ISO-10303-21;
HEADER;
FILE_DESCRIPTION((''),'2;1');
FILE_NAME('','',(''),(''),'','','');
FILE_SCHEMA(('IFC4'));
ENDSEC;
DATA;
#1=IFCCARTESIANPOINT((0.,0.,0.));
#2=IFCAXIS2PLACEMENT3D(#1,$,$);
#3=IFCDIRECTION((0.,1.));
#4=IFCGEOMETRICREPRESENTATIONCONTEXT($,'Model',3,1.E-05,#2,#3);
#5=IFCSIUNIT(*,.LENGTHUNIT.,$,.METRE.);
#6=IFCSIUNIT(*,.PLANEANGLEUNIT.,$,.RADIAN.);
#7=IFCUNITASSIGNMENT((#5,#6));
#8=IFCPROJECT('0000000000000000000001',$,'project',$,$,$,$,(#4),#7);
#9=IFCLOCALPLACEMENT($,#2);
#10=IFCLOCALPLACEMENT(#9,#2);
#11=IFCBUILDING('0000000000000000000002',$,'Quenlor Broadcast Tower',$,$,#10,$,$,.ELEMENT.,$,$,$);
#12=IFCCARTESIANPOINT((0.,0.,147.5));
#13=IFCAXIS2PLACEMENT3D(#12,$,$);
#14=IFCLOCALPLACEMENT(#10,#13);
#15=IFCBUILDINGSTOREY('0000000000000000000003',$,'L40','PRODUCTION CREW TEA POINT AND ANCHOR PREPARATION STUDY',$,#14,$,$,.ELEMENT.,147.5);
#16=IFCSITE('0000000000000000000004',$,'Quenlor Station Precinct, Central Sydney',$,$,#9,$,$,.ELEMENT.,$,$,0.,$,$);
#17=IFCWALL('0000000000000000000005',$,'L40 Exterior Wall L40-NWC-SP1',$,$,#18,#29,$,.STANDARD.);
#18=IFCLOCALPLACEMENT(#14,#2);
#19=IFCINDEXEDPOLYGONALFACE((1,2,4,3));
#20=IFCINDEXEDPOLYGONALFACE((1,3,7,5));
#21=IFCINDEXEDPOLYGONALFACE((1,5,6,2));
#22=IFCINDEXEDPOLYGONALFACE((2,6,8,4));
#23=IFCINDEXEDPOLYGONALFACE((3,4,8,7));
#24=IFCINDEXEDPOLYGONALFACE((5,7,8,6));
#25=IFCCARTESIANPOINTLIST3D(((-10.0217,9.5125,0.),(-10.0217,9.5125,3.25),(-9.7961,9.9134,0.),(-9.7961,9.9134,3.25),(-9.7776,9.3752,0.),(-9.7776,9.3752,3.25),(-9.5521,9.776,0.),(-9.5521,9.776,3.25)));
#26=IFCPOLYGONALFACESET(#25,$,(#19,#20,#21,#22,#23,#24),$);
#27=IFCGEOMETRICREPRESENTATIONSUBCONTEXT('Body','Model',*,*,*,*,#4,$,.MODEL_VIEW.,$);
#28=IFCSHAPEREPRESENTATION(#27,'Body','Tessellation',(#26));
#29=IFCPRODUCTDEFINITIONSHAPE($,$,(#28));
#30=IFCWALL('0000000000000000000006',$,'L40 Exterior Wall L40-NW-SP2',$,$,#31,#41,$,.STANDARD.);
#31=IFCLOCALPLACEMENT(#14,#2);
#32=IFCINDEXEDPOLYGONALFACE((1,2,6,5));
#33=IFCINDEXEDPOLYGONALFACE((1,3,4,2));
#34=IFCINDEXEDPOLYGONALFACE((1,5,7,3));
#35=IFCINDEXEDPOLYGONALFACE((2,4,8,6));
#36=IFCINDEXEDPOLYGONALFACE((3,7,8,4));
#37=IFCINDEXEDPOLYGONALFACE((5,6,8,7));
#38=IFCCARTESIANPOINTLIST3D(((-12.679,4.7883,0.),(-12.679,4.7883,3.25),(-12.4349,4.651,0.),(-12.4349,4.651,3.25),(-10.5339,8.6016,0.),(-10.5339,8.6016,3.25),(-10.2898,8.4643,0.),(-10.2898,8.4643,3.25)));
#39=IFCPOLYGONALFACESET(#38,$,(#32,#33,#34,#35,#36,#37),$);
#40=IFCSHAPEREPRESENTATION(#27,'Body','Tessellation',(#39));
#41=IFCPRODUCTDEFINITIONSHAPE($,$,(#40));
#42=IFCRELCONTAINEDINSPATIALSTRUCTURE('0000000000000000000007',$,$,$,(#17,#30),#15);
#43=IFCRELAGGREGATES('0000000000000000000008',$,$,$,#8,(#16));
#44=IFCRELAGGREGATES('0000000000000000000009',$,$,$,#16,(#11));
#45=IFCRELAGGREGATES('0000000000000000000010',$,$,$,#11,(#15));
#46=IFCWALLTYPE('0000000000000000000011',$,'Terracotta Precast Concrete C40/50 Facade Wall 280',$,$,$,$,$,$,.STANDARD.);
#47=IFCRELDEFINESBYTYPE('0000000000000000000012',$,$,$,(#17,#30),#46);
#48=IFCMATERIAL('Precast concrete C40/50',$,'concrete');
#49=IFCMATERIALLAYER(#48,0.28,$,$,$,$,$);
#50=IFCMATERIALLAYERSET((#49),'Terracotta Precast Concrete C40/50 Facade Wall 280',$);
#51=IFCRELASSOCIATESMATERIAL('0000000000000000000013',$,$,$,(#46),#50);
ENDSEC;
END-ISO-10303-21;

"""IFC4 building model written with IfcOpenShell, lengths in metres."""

from ifc_helpers import new_model, si_unit, direction, frame, frame_2d, origin, place, context, subcontext, project, spatial, rectangle, extrude, material, layer, layer_set, type_object, element, save


model = new_model("IFC4")

# Units and contexts
model_context = context("Model", 3, precision=1e-05, world=origin(), true_north=direction((0.0, 1.0)))
body_context = subcontext(model_context, "Body", "Model", "MODEL_VIEW")
ifc_project = project(units=[si_unit("LENGTHUNIT", "METRE"), si_unit("PLANEANGLEUNIT", "RADIAN")], contexts=[model_context])

# Site, building, storey
site_placement = place(None, origin())
site = spatial("IfcSite", under=ifc_project, at=site_placement, Name="Quenlor Station Precinct, Central Sydney", CompositionType="ELEMENT", RefElevation=0.0)
building_placement = place(site_placement, origin())
building = spatial("IfcBuilding", under=site, at=building_placement, Name="Quenlor Broadcast Tower", CompositionType="ELEMENT")
storey_placement = place(building_placement, frame((0.0, 0.0, 147.5)))
storey = spatial("IfcBuildingStorey", under=building, at=storey_placement, Name="L40", Description="PRODUCTION CREW TEA POINT AND ANCHOR PREPARATION STUDY", CompositionType="ELEMENT", Elevation=147.5)

# Walls
ifc_material_1 = material(Name="Precast concrete C40/50", Category="concrete")
ifc_layer_1 = layer(ifc_material_1, 0.28)
ifc_layer_set_1 = layer_set([ifc_layer_1], Name="Terracotta Precast Concrete C40/50 Facade Wall 280")
wall_type_1 = type_object("IfcWallType", Name="Terracotta Precast Concrete C40/50 Facade Wall 280", PredefinedType="STANDARD", material=ifc_layer_set_1)
wall_1_placement = place(storey_placement, frame((-9.8997, 9.4438, 0.0), z_axis=(0.0, 0.0, 1.0), x_axis=(0.490412, 0.87149, 0.0)))
element("IfcWall", 1, at=wall_1_placement, inside=storey, type_object=wall_type_1, Name="L40 Exterior Wall L40-NWC-SP1", PredefinedType="STANDARD", context=body_context, shape_type="SweptSolid", body=[
    extrude(rectangle(XDim=0.46, YDim=0.28, at=frame_2d((0.23, 0.0))), origin(), (0.0, 0.0, 1.0), 3.25),
])
wall_2_placement = place(storey_placement, frame((-12.5569, 4.7197, 0.0), z_axis=(0.0, 0.0, 1.0), x_axis=(0.490274, 0.871568, 0.0)))
element("IfcWall", 2, at=wall_2_placement, inside=storey, type_object=wall_type_1, Name="L40 Exterior Wall L40-NW-SP2", PredefinedType="STANDARD", context=body_context, shape_type="SweptSolid", body=[
    extrude(rectangle(XDim=4.3752, YDim=0.28, at=frame_2d((2.1875, 0.0))), origin(), (0.0, 0.0, 1.0), 3.25),
])

save(model, "model.ifc")
